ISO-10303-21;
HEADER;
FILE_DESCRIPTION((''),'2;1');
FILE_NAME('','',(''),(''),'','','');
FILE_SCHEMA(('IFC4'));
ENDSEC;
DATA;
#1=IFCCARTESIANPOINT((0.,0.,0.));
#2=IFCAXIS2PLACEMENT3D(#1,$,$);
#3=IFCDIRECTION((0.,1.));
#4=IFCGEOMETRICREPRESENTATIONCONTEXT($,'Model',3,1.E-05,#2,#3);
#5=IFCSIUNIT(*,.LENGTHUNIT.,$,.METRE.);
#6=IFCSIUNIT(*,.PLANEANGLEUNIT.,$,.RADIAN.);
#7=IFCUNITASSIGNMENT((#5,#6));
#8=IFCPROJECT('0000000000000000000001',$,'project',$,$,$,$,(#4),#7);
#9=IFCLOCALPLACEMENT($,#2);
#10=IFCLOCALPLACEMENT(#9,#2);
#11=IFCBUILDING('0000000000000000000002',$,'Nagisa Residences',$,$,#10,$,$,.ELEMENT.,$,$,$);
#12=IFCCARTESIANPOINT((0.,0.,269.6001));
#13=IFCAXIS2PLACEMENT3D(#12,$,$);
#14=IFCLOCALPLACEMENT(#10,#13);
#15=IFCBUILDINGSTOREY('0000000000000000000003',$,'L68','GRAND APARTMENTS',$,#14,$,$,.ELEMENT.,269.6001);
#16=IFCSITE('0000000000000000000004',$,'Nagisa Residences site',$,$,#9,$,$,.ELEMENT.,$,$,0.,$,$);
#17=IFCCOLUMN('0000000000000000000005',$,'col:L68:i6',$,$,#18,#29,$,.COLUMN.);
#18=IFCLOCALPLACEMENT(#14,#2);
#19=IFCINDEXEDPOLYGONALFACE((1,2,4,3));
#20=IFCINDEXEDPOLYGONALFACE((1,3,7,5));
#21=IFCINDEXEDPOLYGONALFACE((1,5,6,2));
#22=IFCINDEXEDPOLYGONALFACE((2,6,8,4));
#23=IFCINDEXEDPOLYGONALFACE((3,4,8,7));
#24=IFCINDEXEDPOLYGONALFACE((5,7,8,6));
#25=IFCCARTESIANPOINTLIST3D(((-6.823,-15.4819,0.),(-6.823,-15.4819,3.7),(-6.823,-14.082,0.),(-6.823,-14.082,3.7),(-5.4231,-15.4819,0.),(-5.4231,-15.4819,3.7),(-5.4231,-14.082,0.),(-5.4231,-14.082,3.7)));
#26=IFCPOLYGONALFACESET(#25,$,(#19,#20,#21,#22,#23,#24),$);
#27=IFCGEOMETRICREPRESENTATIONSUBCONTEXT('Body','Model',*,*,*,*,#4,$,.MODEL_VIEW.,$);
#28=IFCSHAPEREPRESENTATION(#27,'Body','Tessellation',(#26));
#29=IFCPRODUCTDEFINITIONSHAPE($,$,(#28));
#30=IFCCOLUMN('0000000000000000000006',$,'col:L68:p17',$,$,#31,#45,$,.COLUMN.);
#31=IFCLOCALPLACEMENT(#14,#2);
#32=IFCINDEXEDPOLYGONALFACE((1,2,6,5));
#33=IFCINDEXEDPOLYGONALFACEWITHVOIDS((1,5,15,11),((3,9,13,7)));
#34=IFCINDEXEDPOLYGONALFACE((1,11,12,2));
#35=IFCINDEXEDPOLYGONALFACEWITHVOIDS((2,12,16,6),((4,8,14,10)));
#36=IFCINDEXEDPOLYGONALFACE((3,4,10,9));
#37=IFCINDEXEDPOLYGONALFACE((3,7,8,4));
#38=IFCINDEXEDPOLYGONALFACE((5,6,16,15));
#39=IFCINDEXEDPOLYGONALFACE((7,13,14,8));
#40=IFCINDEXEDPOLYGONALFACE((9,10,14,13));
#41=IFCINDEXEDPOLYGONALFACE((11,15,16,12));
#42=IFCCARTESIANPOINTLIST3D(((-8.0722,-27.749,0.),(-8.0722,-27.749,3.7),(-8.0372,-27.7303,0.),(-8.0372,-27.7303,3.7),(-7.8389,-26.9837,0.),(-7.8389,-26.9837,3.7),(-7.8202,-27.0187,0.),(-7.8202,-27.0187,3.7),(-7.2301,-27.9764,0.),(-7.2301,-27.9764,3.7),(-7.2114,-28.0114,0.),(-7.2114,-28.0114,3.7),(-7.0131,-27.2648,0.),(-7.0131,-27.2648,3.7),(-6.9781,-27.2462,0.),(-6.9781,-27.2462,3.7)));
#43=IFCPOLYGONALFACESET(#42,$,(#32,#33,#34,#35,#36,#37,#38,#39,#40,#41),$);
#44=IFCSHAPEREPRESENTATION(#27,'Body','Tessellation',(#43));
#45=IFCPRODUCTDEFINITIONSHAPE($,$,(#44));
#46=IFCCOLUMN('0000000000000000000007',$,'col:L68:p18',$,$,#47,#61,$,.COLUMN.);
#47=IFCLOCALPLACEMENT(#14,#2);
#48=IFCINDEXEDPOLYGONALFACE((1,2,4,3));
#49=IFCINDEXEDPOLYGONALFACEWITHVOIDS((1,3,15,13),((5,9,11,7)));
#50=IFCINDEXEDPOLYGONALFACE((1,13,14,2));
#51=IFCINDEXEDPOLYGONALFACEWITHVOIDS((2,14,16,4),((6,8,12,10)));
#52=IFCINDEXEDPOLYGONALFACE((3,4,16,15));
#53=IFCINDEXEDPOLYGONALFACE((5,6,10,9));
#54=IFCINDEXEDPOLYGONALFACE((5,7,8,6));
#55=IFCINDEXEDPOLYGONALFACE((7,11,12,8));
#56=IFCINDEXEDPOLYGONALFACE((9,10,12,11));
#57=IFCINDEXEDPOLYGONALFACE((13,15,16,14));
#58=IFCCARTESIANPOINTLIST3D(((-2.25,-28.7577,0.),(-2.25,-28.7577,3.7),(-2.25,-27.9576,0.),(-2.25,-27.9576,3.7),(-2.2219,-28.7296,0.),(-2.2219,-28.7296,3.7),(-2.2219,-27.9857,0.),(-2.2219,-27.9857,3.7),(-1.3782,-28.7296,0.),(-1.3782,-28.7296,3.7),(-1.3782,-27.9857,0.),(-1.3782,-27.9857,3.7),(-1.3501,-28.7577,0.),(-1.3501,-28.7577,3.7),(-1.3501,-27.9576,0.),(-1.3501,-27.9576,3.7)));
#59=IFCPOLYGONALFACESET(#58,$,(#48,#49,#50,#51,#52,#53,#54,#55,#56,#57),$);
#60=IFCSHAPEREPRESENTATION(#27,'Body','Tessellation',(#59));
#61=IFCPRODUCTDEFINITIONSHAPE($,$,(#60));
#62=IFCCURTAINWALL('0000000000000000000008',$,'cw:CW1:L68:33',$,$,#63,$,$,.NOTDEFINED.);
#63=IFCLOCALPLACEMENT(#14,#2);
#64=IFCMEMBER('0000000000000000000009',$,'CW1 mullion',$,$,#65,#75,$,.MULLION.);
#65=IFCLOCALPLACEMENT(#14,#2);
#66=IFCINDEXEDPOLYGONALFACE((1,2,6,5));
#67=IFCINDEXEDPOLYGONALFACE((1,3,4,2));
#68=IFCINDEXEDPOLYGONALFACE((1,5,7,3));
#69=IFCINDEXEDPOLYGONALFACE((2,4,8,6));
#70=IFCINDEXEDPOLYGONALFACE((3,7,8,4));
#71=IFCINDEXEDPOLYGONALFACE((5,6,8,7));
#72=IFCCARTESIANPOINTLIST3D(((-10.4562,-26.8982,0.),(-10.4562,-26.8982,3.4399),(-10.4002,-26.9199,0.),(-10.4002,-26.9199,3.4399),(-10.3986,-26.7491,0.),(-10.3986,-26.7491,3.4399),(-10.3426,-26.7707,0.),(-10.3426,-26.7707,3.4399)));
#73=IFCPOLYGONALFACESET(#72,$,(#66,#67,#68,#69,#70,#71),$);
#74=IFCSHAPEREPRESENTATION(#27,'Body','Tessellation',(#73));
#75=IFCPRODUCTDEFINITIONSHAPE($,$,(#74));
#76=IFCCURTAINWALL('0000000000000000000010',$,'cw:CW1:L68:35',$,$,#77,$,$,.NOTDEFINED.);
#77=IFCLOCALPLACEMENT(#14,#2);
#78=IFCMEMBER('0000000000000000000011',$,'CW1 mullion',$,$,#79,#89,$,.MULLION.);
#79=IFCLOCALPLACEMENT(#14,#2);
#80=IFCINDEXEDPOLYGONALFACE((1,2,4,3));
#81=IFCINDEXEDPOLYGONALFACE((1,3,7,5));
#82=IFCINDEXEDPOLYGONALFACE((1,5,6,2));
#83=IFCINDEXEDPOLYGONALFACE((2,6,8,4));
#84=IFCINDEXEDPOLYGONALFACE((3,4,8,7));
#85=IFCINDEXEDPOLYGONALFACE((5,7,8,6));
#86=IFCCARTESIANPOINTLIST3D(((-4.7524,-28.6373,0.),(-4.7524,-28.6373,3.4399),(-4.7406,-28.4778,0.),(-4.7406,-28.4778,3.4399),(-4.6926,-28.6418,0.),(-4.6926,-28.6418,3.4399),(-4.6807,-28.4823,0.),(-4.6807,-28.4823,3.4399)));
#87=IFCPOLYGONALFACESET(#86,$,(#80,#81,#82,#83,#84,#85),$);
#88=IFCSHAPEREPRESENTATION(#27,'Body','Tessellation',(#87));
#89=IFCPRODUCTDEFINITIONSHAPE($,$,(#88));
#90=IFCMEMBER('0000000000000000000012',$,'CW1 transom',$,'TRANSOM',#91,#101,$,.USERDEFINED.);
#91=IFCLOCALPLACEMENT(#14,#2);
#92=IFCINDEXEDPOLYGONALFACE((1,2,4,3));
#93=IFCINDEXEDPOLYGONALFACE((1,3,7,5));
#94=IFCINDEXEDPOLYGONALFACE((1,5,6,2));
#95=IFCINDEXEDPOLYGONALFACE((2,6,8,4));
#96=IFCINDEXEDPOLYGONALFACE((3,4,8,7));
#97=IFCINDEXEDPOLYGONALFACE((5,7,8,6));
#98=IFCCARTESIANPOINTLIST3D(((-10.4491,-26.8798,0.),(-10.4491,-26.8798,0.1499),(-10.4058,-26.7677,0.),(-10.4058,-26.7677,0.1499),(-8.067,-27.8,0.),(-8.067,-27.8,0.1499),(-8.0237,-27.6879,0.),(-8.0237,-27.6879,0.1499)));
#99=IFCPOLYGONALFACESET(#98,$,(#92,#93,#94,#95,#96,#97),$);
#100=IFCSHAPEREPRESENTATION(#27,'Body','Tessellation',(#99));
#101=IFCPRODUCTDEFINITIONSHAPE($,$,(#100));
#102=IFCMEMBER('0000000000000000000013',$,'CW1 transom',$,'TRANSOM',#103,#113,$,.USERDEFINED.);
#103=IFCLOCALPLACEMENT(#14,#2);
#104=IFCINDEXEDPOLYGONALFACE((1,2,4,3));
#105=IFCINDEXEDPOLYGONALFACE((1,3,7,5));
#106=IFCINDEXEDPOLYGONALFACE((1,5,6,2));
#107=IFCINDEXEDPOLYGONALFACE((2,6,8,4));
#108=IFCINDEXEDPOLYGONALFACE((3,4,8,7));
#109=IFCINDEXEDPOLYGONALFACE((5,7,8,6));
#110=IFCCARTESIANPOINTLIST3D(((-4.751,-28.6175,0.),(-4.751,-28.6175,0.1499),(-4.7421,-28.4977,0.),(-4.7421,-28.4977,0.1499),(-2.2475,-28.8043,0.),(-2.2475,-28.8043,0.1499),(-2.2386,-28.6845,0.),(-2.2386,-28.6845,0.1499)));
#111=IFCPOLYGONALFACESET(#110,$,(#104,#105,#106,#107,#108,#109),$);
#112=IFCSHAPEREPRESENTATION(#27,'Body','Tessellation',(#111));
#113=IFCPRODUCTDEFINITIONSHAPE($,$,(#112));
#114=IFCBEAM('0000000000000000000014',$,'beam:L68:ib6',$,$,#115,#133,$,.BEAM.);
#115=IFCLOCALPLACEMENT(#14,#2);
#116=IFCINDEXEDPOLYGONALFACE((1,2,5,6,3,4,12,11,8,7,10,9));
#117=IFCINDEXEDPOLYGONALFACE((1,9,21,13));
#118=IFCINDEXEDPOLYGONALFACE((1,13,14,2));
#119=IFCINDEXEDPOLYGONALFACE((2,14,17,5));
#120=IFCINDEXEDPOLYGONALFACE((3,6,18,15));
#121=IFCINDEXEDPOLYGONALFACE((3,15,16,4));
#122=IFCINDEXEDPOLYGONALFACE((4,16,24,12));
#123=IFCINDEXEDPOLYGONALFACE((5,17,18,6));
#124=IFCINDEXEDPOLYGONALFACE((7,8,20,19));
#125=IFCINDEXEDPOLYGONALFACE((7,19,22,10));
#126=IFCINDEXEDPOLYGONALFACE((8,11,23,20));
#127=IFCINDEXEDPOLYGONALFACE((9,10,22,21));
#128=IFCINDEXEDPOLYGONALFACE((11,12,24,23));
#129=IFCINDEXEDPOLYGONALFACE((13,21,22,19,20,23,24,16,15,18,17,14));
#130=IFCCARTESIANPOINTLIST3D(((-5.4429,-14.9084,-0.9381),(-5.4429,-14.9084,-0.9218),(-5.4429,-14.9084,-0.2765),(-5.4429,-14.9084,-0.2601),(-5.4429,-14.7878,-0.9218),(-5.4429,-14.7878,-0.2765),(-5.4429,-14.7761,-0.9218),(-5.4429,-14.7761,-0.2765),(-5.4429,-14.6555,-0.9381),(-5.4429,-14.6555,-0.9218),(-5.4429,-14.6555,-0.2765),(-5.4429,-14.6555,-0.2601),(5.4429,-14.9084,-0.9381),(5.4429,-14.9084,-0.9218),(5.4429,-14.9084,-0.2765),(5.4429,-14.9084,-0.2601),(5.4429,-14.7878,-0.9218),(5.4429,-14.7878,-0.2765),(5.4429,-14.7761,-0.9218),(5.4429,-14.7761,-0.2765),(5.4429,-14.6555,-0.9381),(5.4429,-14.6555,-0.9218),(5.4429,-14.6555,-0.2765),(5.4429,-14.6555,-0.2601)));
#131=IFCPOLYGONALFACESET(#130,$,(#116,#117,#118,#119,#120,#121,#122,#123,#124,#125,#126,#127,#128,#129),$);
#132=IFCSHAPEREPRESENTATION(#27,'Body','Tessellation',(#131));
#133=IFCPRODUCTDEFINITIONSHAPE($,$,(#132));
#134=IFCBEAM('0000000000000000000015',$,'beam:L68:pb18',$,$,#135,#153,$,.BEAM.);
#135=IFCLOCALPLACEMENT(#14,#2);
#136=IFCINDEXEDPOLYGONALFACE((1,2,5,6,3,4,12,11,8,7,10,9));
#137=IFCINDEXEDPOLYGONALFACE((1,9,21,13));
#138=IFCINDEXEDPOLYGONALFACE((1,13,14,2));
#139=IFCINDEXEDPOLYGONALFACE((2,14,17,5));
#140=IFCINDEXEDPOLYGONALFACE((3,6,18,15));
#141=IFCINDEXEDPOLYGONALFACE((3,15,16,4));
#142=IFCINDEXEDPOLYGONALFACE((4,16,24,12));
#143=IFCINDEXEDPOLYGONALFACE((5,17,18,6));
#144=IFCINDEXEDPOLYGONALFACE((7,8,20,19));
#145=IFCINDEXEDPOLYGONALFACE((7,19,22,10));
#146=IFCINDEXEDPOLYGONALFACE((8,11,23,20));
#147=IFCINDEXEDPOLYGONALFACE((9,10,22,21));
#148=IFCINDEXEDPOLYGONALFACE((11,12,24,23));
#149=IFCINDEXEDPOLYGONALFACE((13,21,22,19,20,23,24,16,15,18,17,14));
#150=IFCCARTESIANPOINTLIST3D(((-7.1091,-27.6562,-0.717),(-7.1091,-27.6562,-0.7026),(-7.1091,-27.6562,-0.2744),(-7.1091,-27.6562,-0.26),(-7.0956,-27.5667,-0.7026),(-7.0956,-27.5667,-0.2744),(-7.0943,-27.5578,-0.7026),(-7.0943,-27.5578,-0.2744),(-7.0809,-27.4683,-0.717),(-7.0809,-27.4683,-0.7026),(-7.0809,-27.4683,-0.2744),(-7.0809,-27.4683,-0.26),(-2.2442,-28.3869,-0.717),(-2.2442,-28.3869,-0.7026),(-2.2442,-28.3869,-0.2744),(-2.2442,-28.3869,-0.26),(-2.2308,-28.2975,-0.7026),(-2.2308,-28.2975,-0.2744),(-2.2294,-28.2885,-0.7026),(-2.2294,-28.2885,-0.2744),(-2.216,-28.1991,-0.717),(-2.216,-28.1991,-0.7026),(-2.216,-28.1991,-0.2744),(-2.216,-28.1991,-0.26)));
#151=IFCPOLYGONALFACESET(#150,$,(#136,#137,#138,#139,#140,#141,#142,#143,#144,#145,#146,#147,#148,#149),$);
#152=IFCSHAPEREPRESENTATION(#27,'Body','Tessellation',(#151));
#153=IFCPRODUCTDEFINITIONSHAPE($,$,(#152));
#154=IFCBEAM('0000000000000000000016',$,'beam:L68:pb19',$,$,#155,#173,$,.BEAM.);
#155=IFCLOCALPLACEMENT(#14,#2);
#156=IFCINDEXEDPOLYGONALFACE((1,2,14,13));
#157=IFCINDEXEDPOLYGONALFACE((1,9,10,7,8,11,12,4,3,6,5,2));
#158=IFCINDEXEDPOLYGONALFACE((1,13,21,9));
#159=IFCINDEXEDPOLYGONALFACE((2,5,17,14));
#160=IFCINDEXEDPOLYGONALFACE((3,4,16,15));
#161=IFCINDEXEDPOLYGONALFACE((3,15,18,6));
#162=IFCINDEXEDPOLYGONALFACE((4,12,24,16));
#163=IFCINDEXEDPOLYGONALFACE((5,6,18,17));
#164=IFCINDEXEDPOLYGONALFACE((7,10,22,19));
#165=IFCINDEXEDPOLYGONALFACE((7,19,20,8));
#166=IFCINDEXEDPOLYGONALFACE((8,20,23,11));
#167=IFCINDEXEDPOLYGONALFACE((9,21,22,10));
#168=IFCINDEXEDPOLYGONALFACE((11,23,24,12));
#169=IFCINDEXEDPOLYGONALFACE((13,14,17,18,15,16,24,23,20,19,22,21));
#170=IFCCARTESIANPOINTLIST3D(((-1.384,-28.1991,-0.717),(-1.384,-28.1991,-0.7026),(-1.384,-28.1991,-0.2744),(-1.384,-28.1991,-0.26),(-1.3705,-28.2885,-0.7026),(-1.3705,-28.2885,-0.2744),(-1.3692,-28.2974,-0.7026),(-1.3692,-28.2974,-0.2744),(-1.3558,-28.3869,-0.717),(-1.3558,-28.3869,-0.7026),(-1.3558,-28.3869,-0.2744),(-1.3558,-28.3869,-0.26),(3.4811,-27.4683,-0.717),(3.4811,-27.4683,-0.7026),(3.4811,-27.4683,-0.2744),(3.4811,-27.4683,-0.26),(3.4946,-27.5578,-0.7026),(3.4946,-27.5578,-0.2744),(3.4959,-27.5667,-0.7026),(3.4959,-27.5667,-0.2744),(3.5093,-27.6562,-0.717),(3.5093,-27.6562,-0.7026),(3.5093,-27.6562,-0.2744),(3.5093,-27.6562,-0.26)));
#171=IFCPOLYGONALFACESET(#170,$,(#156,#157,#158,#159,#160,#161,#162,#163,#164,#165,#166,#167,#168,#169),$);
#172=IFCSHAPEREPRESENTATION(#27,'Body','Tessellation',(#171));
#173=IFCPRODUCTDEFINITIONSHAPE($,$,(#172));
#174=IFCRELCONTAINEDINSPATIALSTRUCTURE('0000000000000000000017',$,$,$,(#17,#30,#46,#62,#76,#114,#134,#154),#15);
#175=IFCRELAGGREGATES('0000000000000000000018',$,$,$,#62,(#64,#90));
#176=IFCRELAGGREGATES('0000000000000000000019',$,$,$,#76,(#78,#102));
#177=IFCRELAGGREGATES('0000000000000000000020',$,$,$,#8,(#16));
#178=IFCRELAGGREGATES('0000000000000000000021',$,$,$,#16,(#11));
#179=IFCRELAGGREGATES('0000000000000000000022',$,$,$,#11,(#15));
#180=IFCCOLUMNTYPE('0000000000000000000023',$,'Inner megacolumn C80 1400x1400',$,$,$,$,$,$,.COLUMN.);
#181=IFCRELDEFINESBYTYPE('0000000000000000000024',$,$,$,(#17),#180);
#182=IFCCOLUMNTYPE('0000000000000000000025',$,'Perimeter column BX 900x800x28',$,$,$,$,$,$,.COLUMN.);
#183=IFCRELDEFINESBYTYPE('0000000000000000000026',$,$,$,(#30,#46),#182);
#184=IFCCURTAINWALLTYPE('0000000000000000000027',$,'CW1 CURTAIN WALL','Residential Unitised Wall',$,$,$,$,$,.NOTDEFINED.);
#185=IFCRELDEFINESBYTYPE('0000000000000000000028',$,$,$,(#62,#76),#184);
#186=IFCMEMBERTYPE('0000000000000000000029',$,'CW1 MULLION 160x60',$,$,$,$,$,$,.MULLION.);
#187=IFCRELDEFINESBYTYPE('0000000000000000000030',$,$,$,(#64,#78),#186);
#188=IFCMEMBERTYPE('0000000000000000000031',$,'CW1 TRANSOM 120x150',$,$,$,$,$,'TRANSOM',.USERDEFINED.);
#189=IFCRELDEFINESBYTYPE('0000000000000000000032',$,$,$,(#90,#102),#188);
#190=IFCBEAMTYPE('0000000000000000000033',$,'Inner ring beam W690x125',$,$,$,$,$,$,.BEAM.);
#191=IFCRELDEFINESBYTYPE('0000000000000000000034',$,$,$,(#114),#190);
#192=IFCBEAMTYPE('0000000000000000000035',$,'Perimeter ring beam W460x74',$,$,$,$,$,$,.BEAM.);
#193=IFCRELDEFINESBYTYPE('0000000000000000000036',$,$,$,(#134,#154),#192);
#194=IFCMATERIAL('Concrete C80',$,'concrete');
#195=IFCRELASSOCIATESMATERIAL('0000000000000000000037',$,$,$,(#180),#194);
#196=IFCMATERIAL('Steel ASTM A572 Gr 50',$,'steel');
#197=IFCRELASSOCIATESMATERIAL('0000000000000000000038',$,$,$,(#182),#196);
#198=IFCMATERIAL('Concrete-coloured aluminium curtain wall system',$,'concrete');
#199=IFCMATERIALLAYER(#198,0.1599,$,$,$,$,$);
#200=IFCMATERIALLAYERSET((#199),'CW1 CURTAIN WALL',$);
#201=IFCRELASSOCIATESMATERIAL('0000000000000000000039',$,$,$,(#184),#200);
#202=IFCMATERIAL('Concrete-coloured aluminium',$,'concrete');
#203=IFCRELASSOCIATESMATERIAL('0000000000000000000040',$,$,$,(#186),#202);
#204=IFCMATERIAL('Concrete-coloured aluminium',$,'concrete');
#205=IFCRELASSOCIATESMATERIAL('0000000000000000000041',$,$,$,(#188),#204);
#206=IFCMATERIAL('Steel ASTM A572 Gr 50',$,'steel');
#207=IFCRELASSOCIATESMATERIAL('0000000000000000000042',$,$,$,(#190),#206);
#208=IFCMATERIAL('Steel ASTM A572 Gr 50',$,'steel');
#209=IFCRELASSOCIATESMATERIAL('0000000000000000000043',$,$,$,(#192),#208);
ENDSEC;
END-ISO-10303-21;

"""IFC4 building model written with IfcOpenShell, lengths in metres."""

from ifc_helpers import new_model, si_unit, direction, frame, origin, origin_2d, place, context, subcontext, project, spatial, rectangle, hollow_rectangle, i_section, extrude, material, layer, layer_set, material_profile, profile_set, type_object, element, aggregate, save


model = new_model("IFC4")

# Units and contexts
model_context = context("Model", 3, precision=1e-05, world=origin(), true_north=direction((0.0, 1.0)))
body_context = subcontext(model_context, "Body", "Model", "MODEL_VIEW")
ifc_project = project(units=[si_unit("LENGTHUNIT", "METRE"), si_unit("PLANEANGLEUNIT", "RADIAN")], contexts=[model_context])

# Site, building, storey
site_placement = place(None, origin())
site = spatial("IfcSite", under=ifc_project, at=site_placement, Name="Nagisa Residences site", CompositionType="ELEMENT", RefElevation=0.0)
building_placement = place(site_placement, origin())
building = spatial("IfcBuilding", under=site, at=building_placement, Name="Nagisa Residences", CompositionType="ELEMENT")
storey_placement = place(building_placement, frame((0.0, 0.0, 269.6001)))
storey = spatial("IfcBuildingStorey", under=building, at=storey_placement, Name="L68", Description="GRAND APARTMENTS", CompositionType="ELEMENT", Elevation=269.6001)

# Columns
ifc_material_1 = material(Name="Concrete C80", Category="concrete")
ifc_material_profile_1 = material_profile(ifc_material_1, rectangle(XDim=1.3999, YDim=1.3999, at=origin_2d()), Name="C80 1400x1400")
ifc_profile_set_1 = profile_set([ifc_material_profile_1], Name="Concrete C80")
column_type_1 = type_object("IfcColumnType", Name="Inner megacolumn C80 1400x1400", PredefinedType="COLUMN", material=ifc_profile_set_1)
column_placement = place(storey_placement, frame((-6.123, -14.782, 0.0), z_axis=(0.0, 0.0, 1.0), x_axis=(1.0, 0.0, 0.0)))
element("IfcColumn", 1, at=column_placement, inside=storey, type_object=column_type_1, Name="col:L68:i6", PredefinedType="COLUMN", context=body_context, shape_type="SweptSolid", body=[
    extrude(rectangle(XDim=1.3999, YDim=1.3999, at=origin_2d()), origin(), (0.0, 0.0, 1.0), 3.7),
])
ifc_material_2 = material(Name="Steel ASTM A572 Gr 50", Category="steel")
ifc_material_profile_2 = material_profile(ifc_material_2, hollow_rectangle(XDim=0.8999, YDim=0.8, WallThickness=0.0281, at=origin_2d()), Name="BX 900x800x28")
ifc_profile_set_2 = profile_set([ifc_material_profile_2], Name="Steel ASTM A572 Gr 50")
column_type_2 = type_object("IfcColumnType", Name="Perimeter column BX 900x800x28", PredefinedType="COLUMN", material=ifc_profile_set_2)
for number, where, z_axis, x_axis, name in (
    (2, (-7.5251, -27.4976, 0.0), (0.0, 0.0, 1.0), (0.956525, -0.291652, 0.0), "col:L68:p17"),
    (3, (-1.8, -28.3577, 0.0), (0.0, 0.0, 1.0), (1.0, 0.0, 0.0), "col:L68:p18"),
):
    element("IfcColumn", number, at=place(storey_placement, frame(where, z_axis=z_axis, x_axis=x_axis)), inside=storey, type_object=column_type_2, Name=name, PredefinedType="COLUMN", context=body_context, shape_type="SweptSolid", body=[
        extrude(hollow_rectangle(XDim=0.8999, YDim=0.8, WallThickness=0.0281, at=origin_2d()), origin(), (0.0, 0.0, 1.0), 3.7),
    ])

# Curtain walls, members
ifc_material_3 = material(Name="Concrete-coloured aluminium curtain wall system", Category="concrete")
ifc_layer_1 = layer(ifc_material_3, 0.1599)
ifc_layer_set_1 = layer_set([ifc_layer_1], Name="CW1 CURTAIN WALL")
curtain_wall_type = type_object("IfcCurtainWallType", Name="CW1 CURTAIN WALL", Description="Residential Unitised Wall", PredefinedType="NOTDEFINED", material=ifc_layer_set_1)
curtain_wall_1_placement = place(storey_placement, origin())
curtain_wall_1 = element("IfcCurtainWall", 4, at=curtain_wall_1_placement, inside=storey, type_object=curtain_wall_type, Name="cw:CW1:L68:33", PredefinedType="NOTDEFINED")
ifc_material_4 = material(Name="Concrete-coloured aluminium", Category="concrete")
ifc_material_profile_3 = material_profile(ifc_material_4, rectangle(XDim=0.1599, YDim=0.0601, at=origin_2d()), Name="CW1 MULLION 160x60")
ifc_profile_set_3 = profile_set([ifc_material_profile_3], Name="Concrete-coloured aluminium")
member_type_1 = type_object("IfcMemberType", Name="CW1 MULLION 160x60", PredefinedType="MULLION", material=ifc_profile_set_3)
member_1_placement = place(storey_placement, frame((-10.3994, -26.8345, 0.0), z_axis=(0.0, 0.0, 1.0), x_axis=(0.360328, 0.932826, 0.0)))
member_1 = element("IfcMember", 5, at=member_1_placement, type_object=member_type_1, Name="CW1 mullion", PredefinedType="MULLION", context=body_context, shape_type="SweptSolid", body=[
    extrude(rectangle(XDim=0.1599, YDim=0.0601, at=origin_2d()), origin(), (0.0, 0.0, 1.0), 3.4399),
])
curtain_wall_2_placement = place(storey_placement, origin())
curtain_wall_2 = element("IfcCurtainWall", 6, at=curtain_wall_2_placement, inside=storey, type_object=curtain_wall_type, Name="cw:CW1:L68:35", PredefinedType="NOTDEFINED")
member_2_placement = place(storey_placement, frame((-4.7166, -28.5598, 0.0), z_axis=(0.0, 0.0, 1.0), x_axis=(0.074377, 0.99723, 0.0)))
member_2 = element("IfcMember", 7, at=member_2_placement, type_object=member_type_1, Name="CW1 mullion", PredefinedType="MULLION", context=body_context, shape_type="SweptSolid", body=[
    extrude(rectangle(XDim=0.1599, YDim=0.0601, at=origin_2d()), origin(), (0.0, 0.0, 1.0), 3.4399),
])

# Members
ifc_material_5 = material(Name="Concrete-coloured aluminium", Category="concrete")
ifc_material_profile_4 = material_profile(ifc_material_5, rectangle(XDim=0.1201, YDim=0.1499, at=origin_2d()), Name="CW1 TRANSOM 120x150")
ifc_profile_set_4 = profile_set([ifc_material_profile_4], Name="Concrete-coloured aluminium")
member_type_2 = type_object("IfcMemberType", Name="CW1 TRANSOM 120x150", ElementType="TRANSOM", PredefinedType="USERDEFINED", material=ifc_profile_set_4)
member_3_placement = place(storey_placement, frame((-10.4275, -26.8237, 0.075), z_axis=(0.932822, -0.360337, 0.0), x_axis=(0.360337, 0.932822, 0.0)))
member_3 = element("IfcMember", 8, at=member_3_placement, type_object=member_type_2, Name="CW1 transom", ObjectType="TRANSOM", PredefinedType="USERDEFINED", context=body_context, shape_type="SweptSolid", body=[
    extrude(rectangle(XDim=0.1201, YDim=0.1499, at=origin_2d()), origin(), (0.0, 0.0, 1.0), 2.5537),
])
member_4_placement = place(storey_placement, frame((-4.7466, -28.5576, 0.075), z_axis=(0.997229, -0.074391, 0.0), x_axis=(0.074391, 0.997229, 0.0)))
member_4 = element("IfcMember", 9, at=member_4_placement, type_object=member_type_2, Name="CW1 transom", ObjectType="TRANSOM", PredefinedType="USERDEFINED", context=body_context, shape_type="SweptSolid", body=[
    extrude(rectangle(XDim=0.1201, YDim=0.1499, at=origin_2d()), origin(), (0.0, 0.0, 1.0), 2.5105),
])

# Beams
ifc_material_6 = material(Name="Steel ASTM A572 Gr 50", Category="steel")
ifc_material_profile_5 = material_profile(ifc_material_6, i_section(OverallWidth=0.2529, OverallDepth=0.678, WebThickness=0.0117, FlangeThickness=0.0164, at=origin_2d()), Name="W690x125")
ifc_profile_set_5 = profile_set([ifc_material_profile_5], Name="Steel ASTM A572 Gr 50")
beam_type_1 = type_object("IfcBeamType", Name="Inner ring beam W690x125", PredefinedType="BEAM", material=ifc_profile_set_5)
beam_1_placement = place(storey_placement, frame((-5.4429, -14.782, -0.5991), z_axis=(1.0, 0.0, 0.0), x_axis=(0.0, 1.0, 0.0)))
element("IfcBeam", 10, at=beam_1_placement, inside=storey, type_object=beam_type_1, Name="beam:L68:ib6", PredefinedType="BEAM", context=body_context, shape_type="SweptSolid", body=[
    extrude(i_section(OverallWidth=0.2529, OverallDepth=0.678, WebThickness=0.0117, FlangeThickness=0.0164, at=origin_2d()), origin(), (0.0, 0.0, 1.0), 10.8857),
])
ifc_material_7 = material(Name="Steel ASTM A572 Gr 50", Category="steel")
ifc_material_profile_6 = material_profile(ifc_material_7, i_section(OverallWidth=0.1899, OverallDepth=0.457, WebThickness=0.009, FlangeThickness=0.0144, at=origin_2d()), Name="W460x74")
ifc_profile_set_6 = profile_set([ifc_material_profile_6], Name="Steel ASTM A572 Gr 50")
beam_type_2 = type_object("IfcBeamType", Name="Perimeter ring beam W460x74", PredefinedType="BEAM", material=ifc_profile_set_6)
beam_2_placement = place(storey_placement, frame((-7.095, -27.5623, -0.4885), z_axis=(0.988906, -0.148539, 0.0), x_axis=(0.148539, 0.988906, 0.0)))
element("IfcBeam", 11, at=beam_2_placement, inside=storey, type_object=beam_type_2, Name="beam:L68:pb18", PredefinedType="BEAM", context=body_context, shape_type="SweptSolid", body=[
    extrude(i_section(OverallWidth=0.1899, OverallDepth=0.457, WebThickness=0.009, FlangeThickness=0.0144, at=origin_2d()), origin(), (0.0, 0.0, 1.0), 4.9194),
])
beam_3_placement = place(storey_placement, frame((-1.3699, -28.293, -0.4885), z_axis=(0.988908, 0.148532, 0.0), x_axis=(-0.148532, 0.988908, 0.0)))
element("IfcBeam", 12, at=beam_3_placement, inside=storey, type_object=beam_type_2, Name="beam:L68:pb19", PredefinedType="BEAM", context=body_context, shape_type="SweptSolid", body=[
    extrude(i_section(OverallWidth=0.1899, OverallDepth=0.457, WebThickness=0.009, FlangeThickness=0.0144, at=origin_2d()), origin(), (0.0, 0.0, 1.0), 4.9197),
])

aggregate(curtain_wall_1, [member_1, member_3])
aggregate(curtain_wall_2, [member_2, member_4])

save(model, "model.ifc")
